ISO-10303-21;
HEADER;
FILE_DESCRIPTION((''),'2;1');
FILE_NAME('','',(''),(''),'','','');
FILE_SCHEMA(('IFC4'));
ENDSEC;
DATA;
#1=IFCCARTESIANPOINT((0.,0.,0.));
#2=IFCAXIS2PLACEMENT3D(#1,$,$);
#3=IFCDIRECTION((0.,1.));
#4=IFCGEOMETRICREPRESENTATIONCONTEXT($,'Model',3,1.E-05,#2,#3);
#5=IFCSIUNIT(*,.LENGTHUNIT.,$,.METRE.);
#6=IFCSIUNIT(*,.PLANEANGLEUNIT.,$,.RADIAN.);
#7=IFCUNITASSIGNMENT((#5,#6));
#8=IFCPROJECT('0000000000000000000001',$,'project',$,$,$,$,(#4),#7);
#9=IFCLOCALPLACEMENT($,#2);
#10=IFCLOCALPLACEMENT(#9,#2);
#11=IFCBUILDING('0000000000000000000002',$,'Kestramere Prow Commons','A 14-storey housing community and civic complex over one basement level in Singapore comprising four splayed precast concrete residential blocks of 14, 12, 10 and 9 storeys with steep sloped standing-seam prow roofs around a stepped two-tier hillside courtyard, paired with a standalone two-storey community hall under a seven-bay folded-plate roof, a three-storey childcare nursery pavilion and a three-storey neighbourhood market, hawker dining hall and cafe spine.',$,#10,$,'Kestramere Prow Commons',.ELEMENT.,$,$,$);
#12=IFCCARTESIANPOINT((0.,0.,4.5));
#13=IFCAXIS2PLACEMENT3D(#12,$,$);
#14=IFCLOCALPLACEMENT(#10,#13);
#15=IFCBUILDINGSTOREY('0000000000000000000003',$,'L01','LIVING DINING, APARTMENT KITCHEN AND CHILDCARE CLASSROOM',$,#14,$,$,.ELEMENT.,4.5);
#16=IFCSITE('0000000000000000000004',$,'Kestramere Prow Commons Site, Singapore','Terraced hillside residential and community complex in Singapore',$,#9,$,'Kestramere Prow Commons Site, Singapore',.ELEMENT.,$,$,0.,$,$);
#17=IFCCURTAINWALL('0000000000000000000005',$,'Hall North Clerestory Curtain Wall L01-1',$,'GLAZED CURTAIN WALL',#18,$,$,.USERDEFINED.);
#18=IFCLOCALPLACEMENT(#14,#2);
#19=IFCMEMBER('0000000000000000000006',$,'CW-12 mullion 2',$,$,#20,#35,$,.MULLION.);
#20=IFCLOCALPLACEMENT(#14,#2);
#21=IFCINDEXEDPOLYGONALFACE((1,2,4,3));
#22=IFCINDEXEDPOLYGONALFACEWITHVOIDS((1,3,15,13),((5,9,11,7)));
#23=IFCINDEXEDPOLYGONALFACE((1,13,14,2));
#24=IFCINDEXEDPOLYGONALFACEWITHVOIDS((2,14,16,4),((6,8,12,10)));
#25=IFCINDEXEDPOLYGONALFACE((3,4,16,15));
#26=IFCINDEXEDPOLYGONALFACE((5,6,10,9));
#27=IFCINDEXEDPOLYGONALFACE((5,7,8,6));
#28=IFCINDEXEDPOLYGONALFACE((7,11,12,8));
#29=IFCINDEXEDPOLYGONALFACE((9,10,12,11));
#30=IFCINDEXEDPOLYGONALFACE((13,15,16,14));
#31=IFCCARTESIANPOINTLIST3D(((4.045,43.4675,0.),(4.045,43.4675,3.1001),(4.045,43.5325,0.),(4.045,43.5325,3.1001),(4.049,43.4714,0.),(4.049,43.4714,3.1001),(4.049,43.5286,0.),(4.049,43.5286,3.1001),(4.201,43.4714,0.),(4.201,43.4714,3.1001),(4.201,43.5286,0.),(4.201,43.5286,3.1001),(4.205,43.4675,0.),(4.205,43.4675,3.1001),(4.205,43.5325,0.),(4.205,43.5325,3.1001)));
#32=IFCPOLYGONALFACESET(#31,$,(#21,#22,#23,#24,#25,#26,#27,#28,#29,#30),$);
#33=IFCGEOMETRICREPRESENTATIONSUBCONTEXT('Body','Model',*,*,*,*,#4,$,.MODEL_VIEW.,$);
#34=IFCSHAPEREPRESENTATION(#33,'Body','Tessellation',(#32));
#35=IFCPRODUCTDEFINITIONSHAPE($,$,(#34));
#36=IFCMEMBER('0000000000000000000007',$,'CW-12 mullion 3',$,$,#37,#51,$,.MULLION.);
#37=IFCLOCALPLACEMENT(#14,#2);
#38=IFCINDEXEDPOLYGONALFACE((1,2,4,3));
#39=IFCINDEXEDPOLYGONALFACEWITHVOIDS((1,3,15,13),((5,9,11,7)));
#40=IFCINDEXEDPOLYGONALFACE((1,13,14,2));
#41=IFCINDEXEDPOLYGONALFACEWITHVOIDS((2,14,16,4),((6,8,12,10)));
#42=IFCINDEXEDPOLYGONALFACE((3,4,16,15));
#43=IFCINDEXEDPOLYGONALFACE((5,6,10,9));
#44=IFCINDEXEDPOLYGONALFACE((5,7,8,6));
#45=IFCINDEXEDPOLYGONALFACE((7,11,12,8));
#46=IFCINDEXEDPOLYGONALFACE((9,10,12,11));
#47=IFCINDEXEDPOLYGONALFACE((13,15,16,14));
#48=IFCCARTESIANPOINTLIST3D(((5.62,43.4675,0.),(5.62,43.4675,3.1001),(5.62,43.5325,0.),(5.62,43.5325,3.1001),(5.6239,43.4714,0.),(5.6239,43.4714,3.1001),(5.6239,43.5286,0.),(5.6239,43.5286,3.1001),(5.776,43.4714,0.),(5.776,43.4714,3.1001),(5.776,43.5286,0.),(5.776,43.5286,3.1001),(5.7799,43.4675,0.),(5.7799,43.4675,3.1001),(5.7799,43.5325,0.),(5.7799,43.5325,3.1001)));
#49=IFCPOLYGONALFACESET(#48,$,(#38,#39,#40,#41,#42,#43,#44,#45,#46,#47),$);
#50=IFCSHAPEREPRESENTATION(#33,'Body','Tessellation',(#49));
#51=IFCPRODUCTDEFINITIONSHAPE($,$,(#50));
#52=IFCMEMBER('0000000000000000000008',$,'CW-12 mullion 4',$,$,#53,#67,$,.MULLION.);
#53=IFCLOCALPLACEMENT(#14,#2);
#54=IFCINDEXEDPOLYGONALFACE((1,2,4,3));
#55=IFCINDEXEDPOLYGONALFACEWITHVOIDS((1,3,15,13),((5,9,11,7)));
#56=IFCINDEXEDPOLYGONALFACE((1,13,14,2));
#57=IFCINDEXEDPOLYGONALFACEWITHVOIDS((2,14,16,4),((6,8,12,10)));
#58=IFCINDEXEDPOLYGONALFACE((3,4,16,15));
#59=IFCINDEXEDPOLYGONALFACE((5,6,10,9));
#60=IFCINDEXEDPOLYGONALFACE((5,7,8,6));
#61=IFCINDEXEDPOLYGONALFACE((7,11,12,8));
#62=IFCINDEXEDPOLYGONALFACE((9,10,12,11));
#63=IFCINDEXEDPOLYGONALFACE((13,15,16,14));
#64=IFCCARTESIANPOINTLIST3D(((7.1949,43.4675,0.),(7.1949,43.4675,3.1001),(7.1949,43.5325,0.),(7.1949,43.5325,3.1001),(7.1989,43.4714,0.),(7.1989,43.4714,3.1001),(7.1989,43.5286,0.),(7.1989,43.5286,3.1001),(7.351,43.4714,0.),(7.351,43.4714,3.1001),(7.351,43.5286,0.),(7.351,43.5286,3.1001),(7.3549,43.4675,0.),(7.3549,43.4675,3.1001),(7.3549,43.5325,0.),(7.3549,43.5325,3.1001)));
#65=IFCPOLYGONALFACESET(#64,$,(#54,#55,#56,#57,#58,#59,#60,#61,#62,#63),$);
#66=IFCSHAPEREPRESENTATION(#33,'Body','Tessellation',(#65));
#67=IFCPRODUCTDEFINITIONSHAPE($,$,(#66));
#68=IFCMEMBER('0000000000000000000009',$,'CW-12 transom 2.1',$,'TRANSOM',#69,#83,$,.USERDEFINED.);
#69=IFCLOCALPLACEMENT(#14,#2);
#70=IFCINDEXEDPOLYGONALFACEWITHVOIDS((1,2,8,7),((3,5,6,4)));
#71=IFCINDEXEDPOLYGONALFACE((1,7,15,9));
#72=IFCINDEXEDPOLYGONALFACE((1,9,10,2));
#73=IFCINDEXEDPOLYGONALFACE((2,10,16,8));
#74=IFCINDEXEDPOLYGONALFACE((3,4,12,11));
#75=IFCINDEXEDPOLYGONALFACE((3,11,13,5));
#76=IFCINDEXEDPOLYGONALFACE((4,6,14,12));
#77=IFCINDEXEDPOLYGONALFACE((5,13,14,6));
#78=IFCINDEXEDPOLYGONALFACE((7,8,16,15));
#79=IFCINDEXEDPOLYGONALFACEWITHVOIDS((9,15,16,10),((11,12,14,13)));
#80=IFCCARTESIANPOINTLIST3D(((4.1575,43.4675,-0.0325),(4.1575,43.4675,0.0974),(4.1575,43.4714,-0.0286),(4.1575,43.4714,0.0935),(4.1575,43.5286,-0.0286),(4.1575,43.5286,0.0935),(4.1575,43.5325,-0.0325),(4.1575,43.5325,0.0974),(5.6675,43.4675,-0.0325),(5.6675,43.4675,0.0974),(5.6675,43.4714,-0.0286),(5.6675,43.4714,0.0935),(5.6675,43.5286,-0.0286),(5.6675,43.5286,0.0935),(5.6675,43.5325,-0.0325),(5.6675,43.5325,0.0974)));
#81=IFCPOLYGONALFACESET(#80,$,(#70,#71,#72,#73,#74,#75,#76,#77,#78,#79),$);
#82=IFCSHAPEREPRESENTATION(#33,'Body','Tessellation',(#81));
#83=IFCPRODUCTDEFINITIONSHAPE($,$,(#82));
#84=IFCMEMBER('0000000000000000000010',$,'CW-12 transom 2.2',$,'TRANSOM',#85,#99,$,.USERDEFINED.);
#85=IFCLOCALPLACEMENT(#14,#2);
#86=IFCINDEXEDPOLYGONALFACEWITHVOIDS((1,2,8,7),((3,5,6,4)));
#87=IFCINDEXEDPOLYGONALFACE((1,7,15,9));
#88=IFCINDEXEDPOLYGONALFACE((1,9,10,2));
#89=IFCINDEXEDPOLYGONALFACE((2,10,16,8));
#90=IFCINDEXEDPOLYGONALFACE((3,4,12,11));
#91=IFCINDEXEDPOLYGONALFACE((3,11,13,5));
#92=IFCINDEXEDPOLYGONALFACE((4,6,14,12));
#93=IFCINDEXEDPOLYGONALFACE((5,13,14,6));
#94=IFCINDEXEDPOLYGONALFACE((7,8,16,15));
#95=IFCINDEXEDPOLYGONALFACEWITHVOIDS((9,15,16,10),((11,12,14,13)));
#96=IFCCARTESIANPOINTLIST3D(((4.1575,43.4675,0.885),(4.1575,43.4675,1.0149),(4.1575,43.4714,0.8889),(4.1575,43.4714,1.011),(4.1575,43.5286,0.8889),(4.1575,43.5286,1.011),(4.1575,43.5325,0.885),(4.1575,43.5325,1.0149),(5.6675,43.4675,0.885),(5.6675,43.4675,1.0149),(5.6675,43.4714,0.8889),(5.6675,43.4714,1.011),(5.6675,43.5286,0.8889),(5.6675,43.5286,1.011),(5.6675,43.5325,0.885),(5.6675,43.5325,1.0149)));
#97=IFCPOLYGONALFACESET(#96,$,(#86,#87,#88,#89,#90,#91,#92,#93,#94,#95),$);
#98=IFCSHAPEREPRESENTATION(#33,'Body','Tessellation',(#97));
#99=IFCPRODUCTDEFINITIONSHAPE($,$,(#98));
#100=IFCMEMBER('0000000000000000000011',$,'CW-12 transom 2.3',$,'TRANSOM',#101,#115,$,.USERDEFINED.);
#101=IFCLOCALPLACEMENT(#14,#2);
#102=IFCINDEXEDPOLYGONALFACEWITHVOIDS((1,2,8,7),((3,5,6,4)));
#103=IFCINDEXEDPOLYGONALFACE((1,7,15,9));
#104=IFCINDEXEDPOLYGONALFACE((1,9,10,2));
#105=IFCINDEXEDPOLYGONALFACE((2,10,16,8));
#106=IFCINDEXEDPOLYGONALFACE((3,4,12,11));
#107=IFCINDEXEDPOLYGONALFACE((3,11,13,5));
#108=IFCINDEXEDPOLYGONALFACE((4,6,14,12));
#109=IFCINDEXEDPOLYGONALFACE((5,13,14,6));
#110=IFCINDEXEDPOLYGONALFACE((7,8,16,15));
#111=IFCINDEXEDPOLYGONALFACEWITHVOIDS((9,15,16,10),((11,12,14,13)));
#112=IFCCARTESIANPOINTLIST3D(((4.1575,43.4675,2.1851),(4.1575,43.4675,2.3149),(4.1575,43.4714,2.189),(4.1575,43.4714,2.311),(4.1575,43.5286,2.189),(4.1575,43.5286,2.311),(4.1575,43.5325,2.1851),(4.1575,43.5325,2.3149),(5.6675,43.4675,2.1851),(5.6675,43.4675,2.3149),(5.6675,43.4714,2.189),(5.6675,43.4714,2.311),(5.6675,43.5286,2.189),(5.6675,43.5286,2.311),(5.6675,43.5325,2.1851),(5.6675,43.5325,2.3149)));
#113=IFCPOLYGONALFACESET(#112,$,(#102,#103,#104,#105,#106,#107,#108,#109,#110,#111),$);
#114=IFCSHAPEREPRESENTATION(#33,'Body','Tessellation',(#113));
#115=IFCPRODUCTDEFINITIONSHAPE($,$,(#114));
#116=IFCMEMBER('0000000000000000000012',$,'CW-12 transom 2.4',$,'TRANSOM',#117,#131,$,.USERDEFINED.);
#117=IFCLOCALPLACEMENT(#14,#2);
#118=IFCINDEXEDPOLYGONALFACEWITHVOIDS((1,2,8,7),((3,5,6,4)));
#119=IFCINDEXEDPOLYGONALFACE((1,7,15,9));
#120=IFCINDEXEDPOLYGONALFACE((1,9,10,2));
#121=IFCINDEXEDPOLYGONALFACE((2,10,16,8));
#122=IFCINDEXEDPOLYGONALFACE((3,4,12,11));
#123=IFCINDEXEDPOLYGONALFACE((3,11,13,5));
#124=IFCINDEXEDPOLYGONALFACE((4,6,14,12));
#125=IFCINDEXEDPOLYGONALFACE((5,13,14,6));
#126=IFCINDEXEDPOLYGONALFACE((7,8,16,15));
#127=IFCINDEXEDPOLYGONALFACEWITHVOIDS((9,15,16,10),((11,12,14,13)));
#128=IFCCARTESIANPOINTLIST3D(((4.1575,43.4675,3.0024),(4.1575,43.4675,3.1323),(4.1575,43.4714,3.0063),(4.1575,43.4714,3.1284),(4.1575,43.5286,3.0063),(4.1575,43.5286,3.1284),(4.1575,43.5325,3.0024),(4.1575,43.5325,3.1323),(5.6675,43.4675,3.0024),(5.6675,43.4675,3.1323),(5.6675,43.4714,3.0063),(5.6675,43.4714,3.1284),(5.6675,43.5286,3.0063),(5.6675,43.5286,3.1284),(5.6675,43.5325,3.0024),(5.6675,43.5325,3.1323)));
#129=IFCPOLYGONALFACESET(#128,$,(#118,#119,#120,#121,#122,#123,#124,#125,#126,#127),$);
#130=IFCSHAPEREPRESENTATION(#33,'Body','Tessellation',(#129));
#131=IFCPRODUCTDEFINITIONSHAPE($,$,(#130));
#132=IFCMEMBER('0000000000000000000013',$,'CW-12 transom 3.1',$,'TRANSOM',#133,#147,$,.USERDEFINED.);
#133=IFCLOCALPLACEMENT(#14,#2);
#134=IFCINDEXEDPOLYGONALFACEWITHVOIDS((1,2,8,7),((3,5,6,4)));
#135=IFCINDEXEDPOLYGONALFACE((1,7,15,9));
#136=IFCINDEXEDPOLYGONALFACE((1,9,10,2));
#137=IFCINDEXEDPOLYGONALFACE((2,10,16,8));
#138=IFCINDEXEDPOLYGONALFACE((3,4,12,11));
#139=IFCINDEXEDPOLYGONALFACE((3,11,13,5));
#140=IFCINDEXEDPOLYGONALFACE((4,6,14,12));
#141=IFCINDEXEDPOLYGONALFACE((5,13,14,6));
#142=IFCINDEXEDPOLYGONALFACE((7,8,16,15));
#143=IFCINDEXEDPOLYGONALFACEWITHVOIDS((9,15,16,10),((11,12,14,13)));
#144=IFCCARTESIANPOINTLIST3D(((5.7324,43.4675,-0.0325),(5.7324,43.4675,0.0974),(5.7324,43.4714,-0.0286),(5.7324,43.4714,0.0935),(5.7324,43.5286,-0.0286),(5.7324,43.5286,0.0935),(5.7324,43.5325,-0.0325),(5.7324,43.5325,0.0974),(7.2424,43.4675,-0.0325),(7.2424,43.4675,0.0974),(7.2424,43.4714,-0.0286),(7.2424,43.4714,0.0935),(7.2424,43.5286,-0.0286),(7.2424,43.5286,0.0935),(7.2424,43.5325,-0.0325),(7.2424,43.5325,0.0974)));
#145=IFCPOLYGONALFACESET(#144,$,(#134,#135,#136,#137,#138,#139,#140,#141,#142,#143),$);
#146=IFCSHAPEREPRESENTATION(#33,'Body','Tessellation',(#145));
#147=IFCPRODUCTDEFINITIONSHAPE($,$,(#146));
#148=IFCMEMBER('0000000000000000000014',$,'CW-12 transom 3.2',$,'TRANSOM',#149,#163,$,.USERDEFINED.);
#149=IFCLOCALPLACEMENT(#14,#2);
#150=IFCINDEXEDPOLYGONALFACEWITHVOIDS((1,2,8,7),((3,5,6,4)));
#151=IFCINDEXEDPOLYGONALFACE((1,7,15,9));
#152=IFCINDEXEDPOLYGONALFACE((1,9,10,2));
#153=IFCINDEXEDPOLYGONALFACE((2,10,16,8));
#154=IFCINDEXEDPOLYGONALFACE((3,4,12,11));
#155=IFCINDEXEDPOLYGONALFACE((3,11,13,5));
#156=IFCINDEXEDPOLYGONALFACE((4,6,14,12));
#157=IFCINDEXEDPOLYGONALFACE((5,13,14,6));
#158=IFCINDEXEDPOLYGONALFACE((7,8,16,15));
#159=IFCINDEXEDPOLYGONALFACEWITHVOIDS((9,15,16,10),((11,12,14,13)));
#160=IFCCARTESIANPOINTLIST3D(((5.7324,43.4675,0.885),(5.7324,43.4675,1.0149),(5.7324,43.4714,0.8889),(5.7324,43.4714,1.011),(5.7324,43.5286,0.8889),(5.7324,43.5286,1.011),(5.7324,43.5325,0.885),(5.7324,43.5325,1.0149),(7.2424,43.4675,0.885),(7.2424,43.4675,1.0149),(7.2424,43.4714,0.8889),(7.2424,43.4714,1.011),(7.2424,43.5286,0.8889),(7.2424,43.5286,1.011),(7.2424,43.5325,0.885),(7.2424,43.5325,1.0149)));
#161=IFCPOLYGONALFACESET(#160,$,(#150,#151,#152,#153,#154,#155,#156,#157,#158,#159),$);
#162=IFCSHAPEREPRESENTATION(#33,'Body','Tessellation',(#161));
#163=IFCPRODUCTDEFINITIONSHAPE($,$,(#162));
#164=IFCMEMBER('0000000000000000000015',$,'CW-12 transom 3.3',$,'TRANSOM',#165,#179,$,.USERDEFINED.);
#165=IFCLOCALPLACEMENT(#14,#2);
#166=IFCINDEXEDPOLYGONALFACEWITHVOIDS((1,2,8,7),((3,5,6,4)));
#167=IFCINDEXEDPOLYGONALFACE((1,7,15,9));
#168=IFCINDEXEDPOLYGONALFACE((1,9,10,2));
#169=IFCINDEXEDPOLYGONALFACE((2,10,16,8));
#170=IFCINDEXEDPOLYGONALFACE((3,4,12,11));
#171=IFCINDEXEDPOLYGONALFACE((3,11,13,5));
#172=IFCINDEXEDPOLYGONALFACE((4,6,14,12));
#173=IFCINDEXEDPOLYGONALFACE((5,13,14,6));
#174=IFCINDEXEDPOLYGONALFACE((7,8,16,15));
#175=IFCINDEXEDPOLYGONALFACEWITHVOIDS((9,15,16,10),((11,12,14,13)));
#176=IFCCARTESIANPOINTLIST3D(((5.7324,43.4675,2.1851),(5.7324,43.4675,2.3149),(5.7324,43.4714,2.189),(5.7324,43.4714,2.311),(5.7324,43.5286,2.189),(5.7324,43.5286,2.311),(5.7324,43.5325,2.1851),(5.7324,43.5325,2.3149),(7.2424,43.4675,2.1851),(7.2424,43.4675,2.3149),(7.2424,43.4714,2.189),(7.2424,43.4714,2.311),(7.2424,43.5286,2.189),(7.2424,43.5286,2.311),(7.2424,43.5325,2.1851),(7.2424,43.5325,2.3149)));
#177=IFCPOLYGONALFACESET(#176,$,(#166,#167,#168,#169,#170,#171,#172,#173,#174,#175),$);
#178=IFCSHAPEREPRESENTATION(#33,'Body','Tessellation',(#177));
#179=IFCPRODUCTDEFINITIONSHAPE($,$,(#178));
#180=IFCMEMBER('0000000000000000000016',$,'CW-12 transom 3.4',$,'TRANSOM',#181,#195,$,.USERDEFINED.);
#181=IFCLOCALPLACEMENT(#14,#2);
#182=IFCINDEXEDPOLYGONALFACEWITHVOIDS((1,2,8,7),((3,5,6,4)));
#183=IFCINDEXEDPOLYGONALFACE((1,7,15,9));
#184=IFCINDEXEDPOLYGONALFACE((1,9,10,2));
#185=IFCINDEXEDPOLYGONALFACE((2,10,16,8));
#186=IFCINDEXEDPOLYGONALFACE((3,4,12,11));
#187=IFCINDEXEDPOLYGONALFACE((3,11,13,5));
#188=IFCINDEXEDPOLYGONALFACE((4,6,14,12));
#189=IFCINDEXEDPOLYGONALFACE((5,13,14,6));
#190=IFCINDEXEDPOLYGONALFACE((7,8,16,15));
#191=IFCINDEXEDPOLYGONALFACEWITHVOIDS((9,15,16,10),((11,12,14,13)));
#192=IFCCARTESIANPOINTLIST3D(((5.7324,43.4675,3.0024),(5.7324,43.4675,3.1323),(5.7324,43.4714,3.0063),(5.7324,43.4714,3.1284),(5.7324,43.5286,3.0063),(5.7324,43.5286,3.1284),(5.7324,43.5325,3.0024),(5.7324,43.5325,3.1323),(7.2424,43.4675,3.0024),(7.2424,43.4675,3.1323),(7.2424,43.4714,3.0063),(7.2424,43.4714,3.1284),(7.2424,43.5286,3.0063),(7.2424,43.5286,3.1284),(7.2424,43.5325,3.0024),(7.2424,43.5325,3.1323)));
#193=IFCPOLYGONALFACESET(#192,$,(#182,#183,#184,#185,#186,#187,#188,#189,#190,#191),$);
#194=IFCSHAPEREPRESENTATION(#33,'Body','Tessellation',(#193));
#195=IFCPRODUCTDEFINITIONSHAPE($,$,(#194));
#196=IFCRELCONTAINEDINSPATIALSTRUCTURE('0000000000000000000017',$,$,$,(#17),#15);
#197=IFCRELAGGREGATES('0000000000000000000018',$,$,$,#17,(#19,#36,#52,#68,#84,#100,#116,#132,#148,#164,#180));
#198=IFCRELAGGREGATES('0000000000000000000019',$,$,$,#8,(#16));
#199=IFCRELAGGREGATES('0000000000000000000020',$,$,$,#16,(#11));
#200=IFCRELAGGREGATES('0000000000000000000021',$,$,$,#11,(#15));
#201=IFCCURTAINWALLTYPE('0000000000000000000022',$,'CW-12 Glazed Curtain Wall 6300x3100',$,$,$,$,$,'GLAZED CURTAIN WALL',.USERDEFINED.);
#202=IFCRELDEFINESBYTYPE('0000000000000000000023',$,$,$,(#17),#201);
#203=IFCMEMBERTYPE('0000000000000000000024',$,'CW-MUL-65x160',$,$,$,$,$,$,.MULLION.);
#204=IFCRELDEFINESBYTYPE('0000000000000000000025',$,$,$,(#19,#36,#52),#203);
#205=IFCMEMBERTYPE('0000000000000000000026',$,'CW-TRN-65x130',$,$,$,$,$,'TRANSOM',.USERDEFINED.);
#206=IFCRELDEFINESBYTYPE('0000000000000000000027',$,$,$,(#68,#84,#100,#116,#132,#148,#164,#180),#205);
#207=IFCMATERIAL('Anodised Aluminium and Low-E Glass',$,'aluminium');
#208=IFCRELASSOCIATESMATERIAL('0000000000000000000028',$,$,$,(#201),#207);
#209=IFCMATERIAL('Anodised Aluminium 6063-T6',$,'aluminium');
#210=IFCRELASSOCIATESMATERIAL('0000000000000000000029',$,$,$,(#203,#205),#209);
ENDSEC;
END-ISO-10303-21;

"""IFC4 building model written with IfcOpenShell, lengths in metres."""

from ifc_helpers import new_model, si_unit, direction, frame, origin, origin_2d, place, context, subcontext, project, spatial, hollow_rectangle, extrude, material, material_profile, profile_set, type_object, element, aggregate, save


model = new_model("IFC4")

# Units and contexts
model_context = context("Model", 3, precision=1e-05, world=origin(), true_north=direction((0.0, 1.0)))
body_context = subcontext(model_context, "Body", "Model", "MODEL_VIEW")
ifc_project = project(units=[si_unit("LENGTHUNIT", "METRE"), si_unit("PLANEANGLEUNIT", "RADIAN")], contexts=[model_context])

# Site, building, storey
site_placement = place(None, origin())
site = spatial("IfcSite", under=ifc_project, at=site_placement, Name="Kestramere Prow Commons Site, Singapore", Description="Terraced hillside residential and community complex in Singapore", LongName="Kestramere Prow Commons Site, Singapore", CompositionType="ELEMENT", RefElevation=0.0)
building_placement = place(site_placement, origin())
building = spatial("IfcBuilding", under=site, at=building_placement, Name="Kestramere Prow Commons", Description="A 14-storey housing community and civic complex over one basement level in Singapore comprising four splayed precast concrete residential blocks of 14, 12, 10 and 9 storeys with steep sloped standing-seam prow roofs around a stepped two-tier hillside courtyard, paired with a standalone two-storey community hall under a seven-bay folded-plate roof, a three-storey childcare nursery pavilion and a three-storey neighbourhood market, hawker dining hall and cafe spine.", LongName="Kestramere Prow Commons", CompositionType="ELEMENT")
storey_placement = place(building_placement, frame((0.0, 0.0, 4.5)))
storey = spatial("IfcBuildingStorey", under=building, at=storey_placement, Name="L01", Description="LIVING DINING, APARTMENT KITCHEN AND CHILDCARE CLASSROOM", CompositionType="ELEMENT", Elevation=4.5)

# Curtain wall, members
ifc_material_1 = material(Name="Anodised Aluminium and Low-E Glass", Category="aluminium")
curtain_wall_type = type_object("IfcCurtainWallType", Name="CW-12 Glazed Curtain Wall 6300x3100", ElementType="GLAZED CURTAIN WALL", PredefinedType="USERDEFINED", material=ifc_material_1)
curtain_wall_placement = place(storey_placement, origin())
curtain_wall = element("IfcCurtainWall", 1, at=curtain_wall_placement, inside=storey, type_object=curtain_wall_type, Name="Hall North Clerestory Curtain Wall L01-1", ObjectType="GLAZED CURTAIN WALL", PredefinedType="USERDEFINED")
ifc_material_2 = material(Name="Anodised Aluminium 6063-T6", Category="aluminium")
ifc_material_profile_1 = material_profile(ifc_material_2, hollow_rectangle(XDim=0.0649, YDim=0.1599, WallThickness=0.0039, at=origin_2d()), Name="ALU-MUL 65x160")
ifc_profile_set_1 = profile_set([ifc_material_profile_1], Name="Anodised Aluminium 6063-T6")
member_type_1 = type_object("IfcMemberType", Name="CW-MUL-65x160", PredefinedType="MULLION", material=ifc_profile_set_1)
member_1_placement = place(storey_placement, frame((4.125, 43.5, 0.0), z_axis=(0.0, 0.0, 1.0), x_axis=(0.0, 1.0, 0.0)))
member_1 = element("IfcMember", 2, at=member_1_placement, type_object=member_type_1, Name="CW-12 mullion 2", PredefinedType="MULLION", context=body_context, shape_type="SweptSolid", body=[
    extrude(hollow_rectangle(XDim=0.0649, YDim=0.1599, WallThickness=0.0039, at=origin_2d()), origin(), (0.0, 0.0, 1.0), 3.1001),
])
member_2_placement = place(storey_placement, frame((5.7, 43.5, 0.0), z_axis=(0.0, 0.0, 1.0), x_axis=(0.0, 1.0, 0.0)))
member_2 = element("IfcMember", 3, at=member_2_placement, type_object=member_type_1, Name="CW-12 mullion 3", PredefinedType="MULLION", context=body_context, shape_type="SweptSolid", body=[
    extrude(hollow_rectangle(XDim=0.0649, YDim=0.1599, WallThickness=0.0039, at=origin_2d()), origin(), (0.0, 0.0, 1.0), 3.1001),
])
member_3_placement = place(storey_placement, frame((7.2749, 43.5, 0.0), z_axis=(0.0, 0.0, 1.0), x_axis=(0.0, 1.0, 0.0)))
member_3 = element("IfcMember", 4, at=member_3_placement, type_object=member_type_1, Name="CW-12 mullion 4", PredefinedType="MULLION", context=body_context, shape_type="SweptSolid", body=[
    extrude(hollow_rectangle(XDim=0.0649, YDim=0.1599, WallThickness=0.0039, at=origin_2d()), origin(), (0.0, 0.0, 1.0), 3.1001),
])
ifc_material_profile_2 = material_profile(ifc_material_2, hollow_rectangle(XDim=0.0649, YDim=0.1299, WallThickness=0.0039, at=origin_2d()), Name="ALU-TRN 65x130")
ifc_profile_set_2 = profile_set([ifc_material_profile_2], Name="Anodised Aluminium 6063-T6")
member_type_2 = type_object("IfcMemberType", Name="CW-TRN-65x130", ElementType="TRANSOM", PredefinedType="USERDEFINED", material=ifc_profile_set_2)
member_4_placement = place(storey_placement, frame((4.1575, 43.5, 0.0325), z_axis=(1.0, 0.0, 0.0), x_axis=(0.0, 1.0, 0.0)))
member_4 = element("IfcMember", 5, at=member_4_placement, type_object=member_type_2, Name="CW-12 transom 2.1", ObjectType="TRANSOM", PredefinedType="USERDEFINED", context=body_context, shape_type="SweptSolid", body=[
    extrude(hollow_rectangle(XDim=0.0649, YDim=0.1299, WallThickness=0.0039, at=origin_2d()), origin(), (0.0, 0.0, 1.0), 1.51),
])
member_5_placement = place(storey_placement, frame((4.1575, 43.5, 0.95), z_axis=(1.0, 0.0, 0.0), x_axis=(0.0, 1.0, 0.0)))
member_5 = element("IfcMember", 6, at=member_5_placement, type_object=member_type_2, Name="CW-12 transom 2.2", ObjectType="TRANSOM", PredefinedType="USERDEFINED", context=body_context, shape_type="SweptSolid", body=[
    extrude(hollow_rectangle(XDim=0.0649, YDim=0.1299, WallThickness=0.0039, at=origin_2d()), origin(), (0.0, 0.0, 1.0), 1.51),
])
member_6_placement = place(storey_placement, frame((4.1575, 43.5, 2.25), z_axis=(1.0, 0.0, 0.0), x_axis=(0.0, 1.0, 0.0)))
member_6 = element("IfcMember", 7, at=member_6_placement, type_object=member_type_2, Name="CW-12 transom 2.3", ObjectType="TRANSOM", PredefinedType="USERDEFINED", context=body_context, shape_type="SweptSolid", body=[
    extrude(hollow_rectangle(XDim=0.0649, YDim=0.1299, WallThickness=0.0039, at=origin_2d()), origin(), (0.0, 0.0, 1.0), 1.51),
])
member_7_placement = place(storey_placement, frame((4.1575, 43.5, 3.0674), z_axis=(1.0, 0.0, 0.0), x_axis=(0.0, 1.0, 0.0)))
member_7 = element("IfcMember", 8, at=member_7_placement, type_object=member_type_2, Name="CW-12 transom 2.4", ObjectType="TRANSOM", PredefinedType="USERDEFINED", context=body_context, shape_type="SweptSolid", body=[
    extrude(hollow_rectangle(XDim=0.0649, YDim=0.1299, WallThickness=0.0039, at=origin_2d()), origin(), (0.0, 0.0, 1.0), 1.51),
])
member_8_placement = place(storey_placement, frame((5.7324, 43.5, 0.0325), z_axis=(1.0, 0.0, 0.0), x_axis=(0.0, 1.0, 0.0)))
member_8 = element("IfcMember", 9, at=member_8_placement, type_object=member_type_2, Name="CW-12 transom 3.1", ObjectType="TRANSOM", PredefinedType="USERDEFINED", context=body_context, shape_type="SweptSolid", body=[
    extrude(hollow_rectangle(XDim=0.0649, YDim=0.1299, WallThickness=0.0039, at=origin_2d()), origin(), (0.0, 0.0, 1.0), 1.51),
])
member_9_placement = place(storey_placement, frame((5.7324, 43.5, 0.95), z_axis=(1.0, 0.0, 0.0), x_axis=(0.0, 1.0, 0.0)))
member_9 = element("IfcMember", 10, at=member_9_placement, type_object=member_type_2, Name="CW-12 transom 3.2", ObjectType="TRANSOM", PredefinedType="USERDEFINED", context=body_context, shape_type="SweptSolid", body=[
    extrude(hollow_rectangle(XDim=0.0649, YDim=0.1299, WallThickness=0.0039, at=origin_2d()), origin(), (0.0, 0.0, 1.0), 1.51),
])
member_10_placement = place(storey_placement, frame((5.7324, 43.5, 2.25), z_axis=(1.0, 0.0, 0.0), x_axis=(0.0, 1.0, 0.0)))
member_10 = element("IfcMember", 11, at=member_10_placement, type_object=member_type_2, Name="CW-12 transom 3.3", ObjectType="TRANSOM", PredefinedType="USERDEFINED", context=body_context, shape_type="SweptSolid", body=[
    extrude(hollow_rectangle(XDim=0.0649, YDim=0.1299, WallThickness=0.0039, at=origin_2d()), origin(), (0.0, 0.0, 1.0), 1.51),
])
member_11_placement = place(storey_placement, frame((5.7324, 43.5, 3.0674), z_axis=(1.0, 0.0, 0.0), x_axis=(0.0, 1.0, 0.0)))
member_11 = element("IfcMember", 12, at=member_11_placement, type_object=member_type_2, Name="CW-12 transom 3.4", ObjectType="TRANSOM", PredefinedType="USERDEFINED", context=body_context, shape_type="SweptSolid", body=[
    extrude(hollow_rectangle(XDim=0.0649, YDim=0.1299, WallThickness=0.0039, at=origin_2d()), origin(), (0.0, 0.0, 1.0), 1.51),
])
aggregate(curtain_wall, [member_1, member_2, member_3, member_4, member_5, member_6, member_7, member_8, member_9, member_10, member_11])

save(model, "model.ifc")
